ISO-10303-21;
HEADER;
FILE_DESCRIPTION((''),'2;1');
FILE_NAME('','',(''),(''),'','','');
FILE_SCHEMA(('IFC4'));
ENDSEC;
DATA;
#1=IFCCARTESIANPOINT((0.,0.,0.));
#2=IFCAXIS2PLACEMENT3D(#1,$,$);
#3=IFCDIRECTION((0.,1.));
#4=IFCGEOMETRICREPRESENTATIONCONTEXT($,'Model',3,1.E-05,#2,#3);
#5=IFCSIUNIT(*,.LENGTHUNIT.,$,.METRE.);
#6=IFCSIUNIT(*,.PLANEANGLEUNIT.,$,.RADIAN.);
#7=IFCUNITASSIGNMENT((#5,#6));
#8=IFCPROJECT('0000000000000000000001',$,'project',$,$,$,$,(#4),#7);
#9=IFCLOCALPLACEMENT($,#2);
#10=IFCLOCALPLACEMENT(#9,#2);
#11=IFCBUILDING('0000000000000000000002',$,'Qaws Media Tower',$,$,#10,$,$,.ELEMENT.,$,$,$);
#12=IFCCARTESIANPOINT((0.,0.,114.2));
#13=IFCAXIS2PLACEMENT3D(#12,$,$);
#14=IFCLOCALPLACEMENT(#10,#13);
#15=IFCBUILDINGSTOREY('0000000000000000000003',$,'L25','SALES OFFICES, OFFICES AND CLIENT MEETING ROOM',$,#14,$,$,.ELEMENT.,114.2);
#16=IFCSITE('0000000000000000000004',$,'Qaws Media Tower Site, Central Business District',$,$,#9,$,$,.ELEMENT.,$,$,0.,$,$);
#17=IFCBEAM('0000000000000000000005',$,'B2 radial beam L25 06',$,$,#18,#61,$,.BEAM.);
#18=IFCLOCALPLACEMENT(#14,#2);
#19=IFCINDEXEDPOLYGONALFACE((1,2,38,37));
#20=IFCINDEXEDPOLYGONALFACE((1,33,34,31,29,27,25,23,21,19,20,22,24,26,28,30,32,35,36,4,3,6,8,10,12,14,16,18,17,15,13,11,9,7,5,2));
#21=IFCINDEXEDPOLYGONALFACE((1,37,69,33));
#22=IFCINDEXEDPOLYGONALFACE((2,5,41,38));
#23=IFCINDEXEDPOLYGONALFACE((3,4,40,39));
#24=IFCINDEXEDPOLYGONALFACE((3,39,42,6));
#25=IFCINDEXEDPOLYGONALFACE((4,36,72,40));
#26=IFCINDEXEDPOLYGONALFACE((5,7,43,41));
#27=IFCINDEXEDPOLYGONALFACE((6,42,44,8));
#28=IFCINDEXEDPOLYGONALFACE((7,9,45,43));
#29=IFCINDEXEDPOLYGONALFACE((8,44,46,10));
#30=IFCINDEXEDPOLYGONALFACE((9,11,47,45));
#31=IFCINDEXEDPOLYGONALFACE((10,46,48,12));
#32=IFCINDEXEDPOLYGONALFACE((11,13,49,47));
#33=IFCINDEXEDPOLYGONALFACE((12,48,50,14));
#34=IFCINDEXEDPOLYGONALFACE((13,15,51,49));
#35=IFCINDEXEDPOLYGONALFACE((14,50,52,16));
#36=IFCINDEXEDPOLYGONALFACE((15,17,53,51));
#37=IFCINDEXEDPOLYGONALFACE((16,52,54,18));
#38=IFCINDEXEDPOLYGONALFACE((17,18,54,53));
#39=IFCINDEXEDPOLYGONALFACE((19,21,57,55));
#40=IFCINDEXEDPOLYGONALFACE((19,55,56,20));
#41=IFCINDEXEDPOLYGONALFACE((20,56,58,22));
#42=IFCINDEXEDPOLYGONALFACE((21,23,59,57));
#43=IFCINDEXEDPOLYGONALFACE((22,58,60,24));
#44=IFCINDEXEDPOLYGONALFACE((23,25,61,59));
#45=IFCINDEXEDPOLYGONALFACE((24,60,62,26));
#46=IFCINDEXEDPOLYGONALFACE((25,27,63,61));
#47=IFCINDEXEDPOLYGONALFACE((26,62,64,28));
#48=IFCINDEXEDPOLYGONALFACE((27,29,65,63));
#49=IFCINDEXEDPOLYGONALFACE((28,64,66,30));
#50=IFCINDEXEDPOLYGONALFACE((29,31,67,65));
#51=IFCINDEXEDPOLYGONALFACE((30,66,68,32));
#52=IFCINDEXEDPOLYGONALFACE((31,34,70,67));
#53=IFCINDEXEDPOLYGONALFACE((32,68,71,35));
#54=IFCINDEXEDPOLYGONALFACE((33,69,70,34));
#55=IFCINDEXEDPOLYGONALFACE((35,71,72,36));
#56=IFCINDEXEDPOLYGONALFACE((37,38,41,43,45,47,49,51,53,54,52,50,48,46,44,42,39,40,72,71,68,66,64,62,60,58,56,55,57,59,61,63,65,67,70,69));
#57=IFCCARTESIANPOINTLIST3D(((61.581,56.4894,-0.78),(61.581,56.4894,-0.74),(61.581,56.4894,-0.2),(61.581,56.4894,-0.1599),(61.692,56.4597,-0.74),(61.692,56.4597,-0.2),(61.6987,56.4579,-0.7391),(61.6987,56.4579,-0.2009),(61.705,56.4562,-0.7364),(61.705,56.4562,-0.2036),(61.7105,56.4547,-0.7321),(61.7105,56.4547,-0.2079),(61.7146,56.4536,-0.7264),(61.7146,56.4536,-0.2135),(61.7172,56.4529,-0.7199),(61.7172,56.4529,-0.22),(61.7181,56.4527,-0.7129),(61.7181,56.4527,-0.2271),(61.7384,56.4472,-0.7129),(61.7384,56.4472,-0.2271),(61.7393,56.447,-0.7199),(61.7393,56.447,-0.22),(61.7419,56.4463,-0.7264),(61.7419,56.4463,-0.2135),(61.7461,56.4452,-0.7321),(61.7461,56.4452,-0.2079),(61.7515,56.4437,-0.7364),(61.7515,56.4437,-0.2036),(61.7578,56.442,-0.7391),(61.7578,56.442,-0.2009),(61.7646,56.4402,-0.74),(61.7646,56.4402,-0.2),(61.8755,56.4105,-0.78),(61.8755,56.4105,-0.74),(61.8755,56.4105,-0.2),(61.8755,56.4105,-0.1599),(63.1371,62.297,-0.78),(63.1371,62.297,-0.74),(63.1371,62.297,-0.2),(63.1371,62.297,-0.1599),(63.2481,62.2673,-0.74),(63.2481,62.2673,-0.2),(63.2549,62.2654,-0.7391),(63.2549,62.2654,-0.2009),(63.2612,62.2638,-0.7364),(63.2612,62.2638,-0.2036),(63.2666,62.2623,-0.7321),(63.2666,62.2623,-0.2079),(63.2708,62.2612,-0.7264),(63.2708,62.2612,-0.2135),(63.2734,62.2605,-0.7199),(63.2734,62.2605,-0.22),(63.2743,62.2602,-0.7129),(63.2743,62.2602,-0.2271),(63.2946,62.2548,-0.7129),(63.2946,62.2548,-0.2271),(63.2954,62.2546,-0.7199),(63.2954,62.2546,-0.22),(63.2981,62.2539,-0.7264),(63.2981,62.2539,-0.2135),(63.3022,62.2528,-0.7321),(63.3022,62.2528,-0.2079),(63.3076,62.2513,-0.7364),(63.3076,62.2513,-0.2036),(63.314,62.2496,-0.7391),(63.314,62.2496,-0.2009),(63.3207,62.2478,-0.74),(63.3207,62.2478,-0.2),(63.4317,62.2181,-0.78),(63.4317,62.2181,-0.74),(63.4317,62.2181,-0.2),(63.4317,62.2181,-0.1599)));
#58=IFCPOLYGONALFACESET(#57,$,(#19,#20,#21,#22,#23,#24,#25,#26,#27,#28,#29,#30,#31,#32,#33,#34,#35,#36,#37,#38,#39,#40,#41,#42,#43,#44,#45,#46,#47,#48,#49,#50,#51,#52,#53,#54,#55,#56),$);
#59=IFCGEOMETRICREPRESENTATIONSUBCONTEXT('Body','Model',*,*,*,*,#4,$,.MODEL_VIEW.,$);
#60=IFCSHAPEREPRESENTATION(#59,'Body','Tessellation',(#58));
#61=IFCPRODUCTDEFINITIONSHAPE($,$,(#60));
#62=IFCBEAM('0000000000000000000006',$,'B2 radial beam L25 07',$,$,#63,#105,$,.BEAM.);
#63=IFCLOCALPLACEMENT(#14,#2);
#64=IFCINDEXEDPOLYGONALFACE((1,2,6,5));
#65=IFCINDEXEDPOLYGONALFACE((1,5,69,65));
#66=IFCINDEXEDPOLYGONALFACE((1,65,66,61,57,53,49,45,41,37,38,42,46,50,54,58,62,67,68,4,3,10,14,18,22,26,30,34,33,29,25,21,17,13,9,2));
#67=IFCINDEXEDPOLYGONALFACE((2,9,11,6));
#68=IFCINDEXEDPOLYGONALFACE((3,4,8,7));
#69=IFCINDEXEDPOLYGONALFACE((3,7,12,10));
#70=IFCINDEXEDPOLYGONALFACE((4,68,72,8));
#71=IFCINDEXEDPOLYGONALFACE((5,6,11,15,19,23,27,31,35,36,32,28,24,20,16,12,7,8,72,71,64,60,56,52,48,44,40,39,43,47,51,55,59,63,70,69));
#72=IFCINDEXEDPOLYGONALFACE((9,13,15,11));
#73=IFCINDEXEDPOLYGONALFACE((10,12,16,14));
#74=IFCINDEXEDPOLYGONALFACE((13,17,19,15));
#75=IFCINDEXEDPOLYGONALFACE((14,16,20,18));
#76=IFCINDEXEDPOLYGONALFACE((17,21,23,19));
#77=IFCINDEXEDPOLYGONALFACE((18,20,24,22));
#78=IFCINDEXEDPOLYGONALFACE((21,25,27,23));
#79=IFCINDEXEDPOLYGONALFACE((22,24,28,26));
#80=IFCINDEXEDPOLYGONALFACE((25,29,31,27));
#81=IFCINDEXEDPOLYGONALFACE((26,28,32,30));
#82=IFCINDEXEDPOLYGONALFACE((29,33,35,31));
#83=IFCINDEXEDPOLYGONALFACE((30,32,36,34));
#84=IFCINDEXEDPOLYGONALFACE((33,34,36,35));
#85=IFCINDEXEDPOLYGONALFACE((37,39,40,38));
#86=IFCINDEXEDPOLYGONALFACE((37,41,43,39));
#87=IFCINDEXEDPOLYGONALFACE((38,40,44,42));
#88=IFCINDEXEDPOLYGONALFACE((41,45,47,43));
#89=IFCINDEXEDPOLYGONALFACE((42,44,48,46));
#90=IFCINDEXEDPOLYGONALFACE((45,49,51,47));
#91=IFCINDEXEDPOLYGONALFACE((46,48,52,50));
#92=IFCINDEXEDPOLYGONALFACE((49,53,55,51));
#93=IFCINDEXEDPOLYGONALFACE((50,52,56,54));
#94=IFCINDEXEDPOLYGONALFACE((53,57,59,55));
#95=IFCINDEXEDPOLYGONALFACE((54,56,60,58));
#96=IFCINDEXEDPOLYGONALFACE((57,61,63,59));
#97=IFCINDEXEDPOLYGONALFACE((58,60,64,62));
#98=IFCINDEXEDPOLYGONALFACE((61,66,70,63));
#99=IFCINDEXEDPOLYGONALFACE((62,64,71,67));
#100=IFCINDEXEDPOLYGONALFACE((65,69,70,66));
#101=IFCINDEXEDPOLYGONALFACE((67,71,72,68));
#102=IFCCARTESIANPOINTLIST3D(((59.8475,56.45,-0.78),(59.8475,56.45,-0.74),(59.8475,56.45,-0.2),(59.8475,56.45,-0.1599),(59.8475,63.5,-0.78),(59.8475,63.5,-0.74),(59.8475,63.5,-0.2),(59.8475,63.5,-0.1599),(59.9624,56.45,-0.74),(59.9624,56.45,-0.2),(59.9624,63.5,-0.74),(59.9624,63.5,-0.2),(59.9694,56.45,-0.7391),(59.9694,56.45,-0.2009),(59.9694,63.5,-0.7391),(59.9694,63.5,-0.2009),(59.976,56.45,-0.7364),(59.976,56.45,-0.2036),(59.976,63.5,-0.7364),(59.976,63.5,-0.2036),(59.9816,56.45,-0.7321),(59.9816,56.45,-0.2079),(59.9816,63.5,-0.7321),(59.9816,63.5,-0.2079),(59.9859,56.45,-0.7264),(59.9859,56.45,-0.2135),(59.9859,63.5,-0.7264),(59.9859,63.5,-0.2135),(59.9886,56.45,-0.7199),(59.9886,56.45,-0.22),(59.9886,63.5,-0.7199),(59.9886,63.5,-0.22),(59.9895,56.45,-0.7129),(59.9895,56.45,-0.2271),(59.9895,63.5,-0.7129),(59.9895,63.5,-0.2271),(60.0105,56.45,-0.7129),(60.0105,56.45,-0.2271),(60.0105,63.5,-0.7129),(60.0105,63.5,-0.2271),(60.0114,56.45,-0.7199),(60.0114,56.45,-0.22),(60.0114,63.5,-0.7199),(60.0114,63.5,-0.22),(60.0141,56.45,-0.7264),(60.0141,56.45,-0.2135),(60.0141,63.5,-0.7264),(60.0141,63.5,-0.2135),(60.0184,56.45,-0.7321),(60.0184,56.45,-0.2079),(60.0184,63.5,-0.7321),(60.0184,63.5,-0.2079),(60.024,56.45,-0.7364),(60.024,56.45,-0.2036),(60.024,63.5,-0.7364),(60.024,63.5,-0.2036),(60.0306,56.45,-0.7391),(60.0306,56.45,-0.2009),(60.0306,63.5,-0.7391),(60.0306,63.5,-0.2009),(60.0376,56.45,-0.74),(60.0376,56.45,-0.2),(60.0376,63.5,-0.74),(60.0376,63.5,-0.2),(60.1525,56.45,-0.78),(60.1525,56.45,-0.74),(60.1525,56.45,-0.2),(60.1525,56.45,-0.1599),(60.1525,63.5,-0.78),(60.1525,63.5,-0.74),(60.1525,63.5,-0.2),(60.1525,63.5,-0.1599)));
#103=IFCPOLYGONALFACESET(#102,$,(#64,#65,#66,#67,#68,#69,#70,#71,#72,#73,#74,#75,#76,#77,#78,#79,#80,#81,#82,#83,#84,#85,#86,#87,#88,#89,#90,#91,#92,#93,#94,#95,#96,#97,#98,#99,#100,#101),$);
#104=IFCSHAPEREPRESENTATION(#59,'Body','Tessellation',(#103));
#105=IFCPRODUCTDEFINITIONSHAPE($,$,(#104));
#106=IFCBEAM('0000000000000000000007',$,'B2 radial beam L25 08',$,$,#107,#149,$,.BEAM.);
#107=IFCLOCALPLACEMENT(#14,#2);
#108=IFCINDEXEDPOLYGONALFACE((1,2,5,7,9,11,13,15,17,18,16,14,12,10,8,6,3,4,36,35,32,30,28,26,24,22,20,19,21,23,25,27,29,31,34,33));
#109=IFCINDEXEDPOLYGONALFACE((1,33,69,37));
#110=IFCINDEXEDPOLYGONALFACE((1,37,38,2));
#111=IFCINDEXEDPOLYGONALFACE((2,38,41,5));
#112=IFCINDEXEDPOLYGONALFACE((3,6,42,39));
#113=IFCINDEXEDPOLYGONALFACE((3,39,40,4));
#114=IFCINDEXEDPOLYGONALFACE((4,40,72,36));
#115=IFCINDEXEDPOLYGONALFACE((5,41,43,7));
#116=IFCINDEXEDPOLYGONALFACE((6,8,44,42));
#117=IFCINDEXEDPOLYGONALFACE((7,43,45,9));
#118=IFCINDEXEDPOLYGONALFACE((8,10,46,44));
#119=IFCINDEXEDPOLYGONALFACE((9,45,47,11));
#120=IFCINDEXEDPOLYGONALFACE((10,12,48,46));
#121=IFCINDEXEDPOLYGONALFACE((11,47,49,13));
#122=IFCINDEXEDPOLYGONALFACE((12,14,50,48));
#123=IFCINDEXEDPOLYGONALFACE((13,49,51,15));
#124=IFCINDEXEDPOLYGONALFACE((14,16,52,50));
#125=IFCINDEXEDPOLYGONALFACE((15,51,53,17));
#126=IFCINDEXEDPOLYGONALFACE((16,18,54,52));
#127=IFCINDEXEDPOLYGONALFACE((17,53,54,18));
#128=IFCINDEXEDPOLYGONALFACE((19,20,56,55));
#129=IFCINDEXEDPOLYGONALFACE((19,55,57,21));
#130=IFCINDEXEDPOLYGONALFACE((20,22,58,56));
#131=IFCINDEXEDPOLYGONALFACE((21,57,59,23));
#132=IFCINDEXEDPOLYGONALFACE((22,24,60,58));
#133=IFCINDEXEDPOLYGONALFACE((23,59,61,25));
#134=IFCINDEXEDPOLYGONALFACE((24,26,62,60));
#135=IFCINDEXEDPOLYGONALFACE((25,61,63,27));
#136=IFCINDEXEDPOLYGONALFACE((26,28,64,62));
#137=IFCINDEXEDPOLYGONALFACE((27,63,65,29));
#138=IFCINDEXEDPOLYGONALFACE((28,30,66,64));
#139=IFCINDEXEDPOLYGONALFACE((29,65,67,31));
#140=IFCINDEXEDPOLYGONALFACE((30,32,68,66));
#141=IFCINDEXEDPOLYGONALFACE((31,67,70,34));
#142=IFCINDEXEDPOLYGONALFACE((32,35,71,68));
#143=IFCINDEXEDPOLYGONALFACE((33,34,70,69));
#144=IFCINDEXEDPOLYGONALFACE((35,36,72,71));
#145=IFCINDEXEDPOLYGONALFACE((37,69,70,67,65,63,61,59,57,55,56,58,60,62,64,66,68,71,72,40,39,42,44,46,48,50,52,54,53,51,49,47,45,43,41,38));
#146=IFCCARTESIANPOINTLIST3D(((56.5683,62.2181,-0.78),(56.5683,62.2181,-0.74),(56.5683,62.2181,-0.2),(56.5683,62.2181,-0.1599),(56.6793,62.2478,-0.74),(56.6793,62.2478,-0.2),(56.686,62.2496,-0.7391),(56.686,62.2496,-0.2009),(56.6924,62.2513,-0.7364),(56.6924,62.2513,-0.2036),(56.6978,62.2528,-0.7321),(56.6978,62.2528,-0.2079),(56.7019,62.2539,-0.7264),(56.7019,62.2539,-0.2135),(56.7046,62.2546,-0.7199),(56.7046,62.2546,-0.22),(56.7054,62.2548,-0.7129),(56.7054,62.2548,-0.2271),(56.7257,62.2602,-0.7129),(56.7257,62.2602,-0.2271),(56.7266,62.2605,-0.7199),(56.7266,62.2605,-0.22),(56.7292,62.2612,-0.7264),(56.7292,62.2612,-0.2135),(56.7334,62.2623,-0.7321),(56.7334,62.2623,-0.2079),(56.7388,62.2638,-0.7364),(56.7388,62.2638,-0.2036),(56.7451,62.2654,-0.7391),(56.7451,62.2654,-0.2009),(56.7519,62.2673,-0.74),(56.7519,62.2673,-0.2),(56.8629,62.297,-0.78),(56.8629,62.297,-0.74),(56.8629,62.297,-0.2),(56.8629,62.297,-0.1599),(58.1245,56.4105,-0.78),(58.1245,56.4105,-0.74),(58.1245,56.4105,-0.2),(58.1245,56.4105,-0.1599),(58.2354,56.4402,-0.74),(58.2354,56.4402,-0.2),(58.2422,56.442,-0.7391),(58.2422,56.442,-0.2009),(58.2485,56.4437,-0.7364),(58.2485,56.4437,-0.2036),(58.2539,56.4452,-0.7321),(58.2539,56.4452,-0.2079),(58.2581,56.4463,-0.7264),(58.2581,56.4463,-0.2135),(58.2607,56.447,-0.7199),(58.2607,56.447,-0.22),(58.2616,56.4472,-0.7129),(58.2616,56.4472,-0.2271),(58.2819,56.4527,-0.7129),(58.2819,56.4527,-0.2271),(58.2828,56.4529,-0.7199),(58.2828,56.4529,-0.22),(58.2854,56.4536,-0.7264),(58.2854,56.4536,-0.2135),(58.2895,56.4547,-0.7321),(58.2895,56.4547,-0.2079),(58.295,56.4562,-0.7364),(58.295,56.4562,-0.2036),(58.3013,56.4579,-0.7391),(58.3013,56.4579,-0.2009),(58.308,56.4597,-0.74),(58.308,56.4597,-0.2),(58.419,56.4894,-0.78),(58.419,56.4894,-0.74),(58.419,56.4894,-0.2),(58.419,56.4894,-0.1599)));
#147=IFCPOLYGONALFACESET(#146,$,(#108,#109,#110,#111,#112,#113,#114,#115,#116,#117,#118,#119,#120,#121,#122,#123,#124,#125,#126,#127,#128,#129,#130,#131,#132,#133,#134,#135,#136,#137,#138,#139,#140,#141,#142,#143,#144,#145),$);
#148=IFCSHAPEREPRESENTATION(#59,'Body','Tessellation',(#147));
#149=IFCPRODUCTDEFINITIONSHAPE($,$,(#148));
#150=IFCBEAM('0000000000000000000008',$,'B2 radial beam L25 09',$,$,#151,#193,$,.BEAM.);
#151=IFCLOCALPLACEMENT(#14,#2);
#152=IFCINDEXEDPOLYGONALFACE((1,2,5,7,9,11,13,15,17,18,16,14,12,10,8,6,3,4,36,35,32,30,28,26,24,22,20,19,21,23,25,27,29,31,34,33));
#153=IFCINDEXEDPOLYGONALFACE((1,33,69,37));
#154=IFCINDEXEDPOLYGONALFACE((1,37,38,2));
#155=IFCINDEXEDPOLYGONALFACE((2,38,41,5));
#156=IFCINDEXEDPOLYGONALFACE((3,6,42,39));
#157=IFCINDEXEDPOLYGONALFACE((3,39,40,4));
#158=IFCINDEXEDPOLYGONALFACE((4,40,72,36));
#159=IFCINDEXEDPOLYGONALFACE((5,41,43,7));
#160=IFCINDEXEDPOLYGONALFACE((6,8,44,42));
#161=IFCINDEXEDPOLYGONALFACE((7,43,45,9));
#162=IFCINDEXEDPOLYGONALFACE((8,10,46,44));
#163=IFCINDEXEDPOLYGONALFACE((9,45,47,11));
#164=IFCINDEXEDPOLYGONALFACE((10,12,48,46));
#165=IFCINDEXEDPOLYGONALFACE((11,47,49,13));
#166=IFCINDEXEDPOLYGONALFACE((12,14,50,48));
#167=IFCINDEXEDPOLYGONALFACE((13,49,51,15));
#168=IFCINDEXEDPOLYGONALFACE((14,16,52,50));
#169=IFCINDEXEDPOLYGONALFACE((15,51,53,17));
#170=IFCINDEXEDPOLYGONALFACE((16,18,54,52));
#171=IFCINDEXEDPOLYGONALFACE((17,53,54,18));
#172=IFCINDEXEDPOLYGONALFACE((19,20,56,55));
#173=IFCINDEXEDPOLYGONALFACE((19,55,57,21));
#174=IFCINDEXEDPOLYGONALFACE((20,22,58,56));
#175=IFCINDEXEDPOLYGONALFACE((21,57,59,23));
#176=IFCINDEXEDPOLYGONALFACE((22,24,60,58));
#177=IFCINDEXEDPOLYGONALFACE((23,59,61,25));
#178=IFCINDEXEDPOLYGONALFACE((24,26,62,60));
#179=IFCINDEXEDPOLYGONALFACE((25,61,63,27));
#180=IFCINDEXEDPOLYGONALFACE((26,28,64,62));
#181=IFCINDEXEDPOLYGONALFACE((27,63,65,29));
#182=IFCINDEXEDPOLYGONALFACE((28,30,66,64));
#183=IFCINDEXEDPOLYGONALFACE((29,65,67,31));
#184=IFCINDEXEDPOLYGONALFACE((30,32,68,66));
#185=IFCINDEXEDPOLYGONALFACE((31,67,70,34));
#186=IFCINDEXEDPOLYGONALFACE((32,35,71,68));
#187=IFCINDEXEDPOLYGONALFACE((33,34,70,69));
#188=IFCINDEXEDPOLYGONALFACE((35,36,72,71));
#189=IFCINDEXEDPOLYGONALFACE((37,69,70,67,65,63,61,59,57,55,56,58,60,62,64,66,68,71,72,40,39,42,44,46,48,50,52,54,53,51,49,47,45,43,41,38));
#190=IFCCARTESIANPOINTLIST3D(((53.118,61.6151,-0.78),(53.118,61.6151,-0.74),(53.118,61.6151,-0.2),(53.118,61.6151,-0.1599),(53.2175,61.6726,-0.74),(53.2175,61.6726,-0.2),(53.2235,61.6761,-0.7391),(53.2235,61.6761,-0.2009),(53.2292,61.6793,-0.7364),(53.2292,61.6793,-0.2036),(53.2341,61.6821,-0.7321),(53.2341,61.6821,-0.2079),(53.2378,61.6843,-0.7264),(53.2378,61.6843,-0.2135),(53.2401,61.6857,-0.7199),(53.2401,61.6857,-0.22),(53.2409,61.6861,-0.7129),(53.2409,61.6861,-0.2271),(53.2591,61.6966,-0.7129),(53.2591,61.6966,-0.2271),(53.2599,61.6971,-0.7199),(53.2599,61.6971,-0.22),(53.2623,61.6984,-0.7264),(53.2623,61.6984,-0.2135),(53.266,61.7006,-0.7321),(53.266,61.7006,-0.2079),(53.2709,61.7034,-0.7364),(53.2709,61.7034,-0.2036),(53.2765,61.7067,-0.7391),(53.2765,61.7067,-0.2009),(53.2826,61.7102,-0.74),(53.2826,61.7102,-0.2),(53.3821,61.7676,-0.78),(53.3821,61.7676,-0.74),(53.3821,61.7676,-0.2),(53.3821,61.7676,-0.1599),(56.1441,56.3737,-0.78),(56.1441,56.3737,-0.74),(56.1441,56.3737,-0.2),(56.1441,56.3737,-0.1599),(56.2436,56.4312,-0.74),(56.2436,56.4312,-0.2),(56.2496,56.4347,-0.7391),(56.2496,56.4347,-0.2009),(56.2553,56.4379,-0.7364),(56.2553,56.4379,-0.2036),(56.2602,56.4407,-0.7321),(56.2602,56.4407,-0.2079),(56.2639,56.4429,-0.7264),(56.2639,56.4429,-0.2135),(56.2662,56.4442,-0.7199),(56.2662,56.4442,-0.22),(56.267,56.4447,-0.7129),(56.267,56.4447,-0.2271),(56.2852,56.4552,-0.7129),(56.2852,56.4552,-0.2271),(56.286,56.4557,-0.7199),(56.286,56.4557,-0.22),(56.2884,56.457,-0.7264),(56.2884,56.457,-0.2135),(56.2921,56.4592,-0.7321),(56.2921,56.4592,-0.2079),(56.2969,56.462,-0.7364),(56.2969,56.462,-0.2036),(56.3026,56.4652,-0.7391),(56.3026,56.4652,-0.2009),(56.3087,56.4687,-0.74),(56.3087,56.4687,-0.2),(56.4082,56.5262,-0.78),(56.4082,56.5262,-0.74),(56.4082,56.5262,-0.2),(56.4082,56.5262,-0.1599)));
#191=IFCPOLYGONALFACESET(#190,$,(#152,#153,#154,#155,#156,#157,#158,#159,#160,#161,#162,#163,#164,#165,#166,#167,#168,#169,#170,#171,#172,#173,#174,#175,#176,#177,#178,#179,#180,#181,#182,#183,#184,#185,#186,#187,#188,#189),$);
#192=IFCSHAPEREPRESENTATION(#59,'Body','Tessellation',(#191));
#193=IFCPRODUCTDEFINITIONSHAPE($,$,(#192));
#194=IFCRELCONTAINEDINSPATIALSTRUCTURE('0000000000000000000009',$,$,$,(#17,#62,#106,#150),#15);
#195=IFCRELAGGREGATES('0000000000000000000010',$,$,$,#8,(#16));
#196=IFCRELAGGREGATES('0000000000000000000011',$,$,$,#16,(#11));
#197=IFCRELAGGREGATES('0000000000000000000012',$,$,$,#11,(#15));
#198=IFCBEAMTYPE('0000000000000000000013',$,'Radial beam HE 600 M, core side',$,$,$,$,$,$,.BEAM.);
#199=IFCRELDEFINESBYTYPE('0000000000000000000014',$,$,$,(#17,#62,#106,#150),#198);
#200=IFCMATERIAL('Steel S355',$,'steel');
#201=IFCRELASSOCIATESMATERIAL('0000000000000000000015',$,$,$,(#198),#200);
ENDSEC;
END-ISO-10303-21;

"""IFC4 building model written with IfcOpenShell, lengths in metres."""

from ifc_helpers import new_model, si_unit, direction, frame, origin, origin_2d, place, context, subcontext, project, spatial, i_section, extrude, material, material_profile, profile_set, type_object, element, save


model = new_model("IFC4")

# Units and contexts
model_context = context("Model", 3, precision=1e-05, world=origin(), true_north=direction((0.0, 1.0)))
body_context = subcontext(model_context, "Body", "Model", "MODEL_VIEW")
ifc_project = project(units=[si_unit("LENGTHUNIT", "METRE"), si_unit("PLANEANGLEUNIT", "RADIAN")], contexts=[model_context])

# Site, building, storey
site_placement = place(None, origin())
site = spatial("IfcSite", under=ifc_project, at=site_placement, Name="Qaws Media Tower Site, Central Business District", CompositionType="ELEMENT", RefElevation=0.0)
building_placement = place(site_placement, origin())
building = spatial("IfcBuilding", under=site, at=building_placement, Name="Qaws Media Tower", CompositionType="ELEMENT")
storey_placement = place(building_placement, frame((0.0, 0.0, 114.2)))
storey = spatial("IfcBuildingStorey", under=building, at=storey_placement, Name="L25", Description="SALES OFFICES, OFFICES AND CLIENT MEETING ROOM", CompositionType="ELEMENT", Elevation=114.2)

# Beams
ifc_material_1 = material(Name="Steel S355", Category="steel")
ifc_material_profile = material_profile(ifc_material_1, i_section(OverallWidth=0.3049, OverallDepth=0.6201, WebThickness=0.021, FlangeThickness=0.04, FilletRadius=0.0271, at=origin_2d()), Name="HE 600 M")
ifc_profile_set = profile_set([ifc_material_profile], Name="Steel S355")
beam_type = type_object("IfcBeamType", Name="Radial beam HE 600 M, core side", PredefinedType="BEAM", material=ifc_profile_set)
beam_1_placement = place(storey_placement, frame((61.7283, 56.45, -0.47), z_axis=(0.25882, 0.965926, 0.0), x_axis=(-0.965926, 0.25882, 0.0)))
element("IfcBeam", 1, at=beam_1_placement, inside=storey, type_object=beam_type, Name="B2 radial beam L25 06", PredefinedType="BEAM", context=body_context, shape_type="SweptSolid", body=[
    extrude(i_section(OverallWidth=0.3049, OverallDepth=0.6201, WebThickness=0.021, FlangeThickness=0.04, FilletRadius=0.0271, at=origin_2d()), origin(), (0.0, 0.0, 1.0), 6.0125),
])
beam_2_placement = place(storey_placement, frame((60.0, 56.45, -0.47), z_axis=(0.0, 1.0, 0.0), x_axis=(-1.0, 0.0, 0.0)))
element("IfcBeam", 2, at=beam_2_placement, inside=storey, type_object=beam_type, Name="B2 radial beam L25 07", PredefinedType="BEAM", context=body_context, shape_type="SweptSolid", body=[
    extrude(i_section(OverallWidth=0.3049, OverallDepth=0.6201, WebThickness=0.021, FlangeThickness=0.04, FilletRadius=0.0271, at=origin_2d()), origin(), (0.0, 0.0, 1.0), 7.05),
])
beam_3_placement = place(storey_placement, frame((58.2717, 56.45, -0.47), z_axis=(-0.25882, 0.965926, 0.0), x_axis=(-0.965926, -0.25882, 0.0)))
element("IfcBeam", 3, at=beam_3_placement, inside=storey, type_object=beam_type, Name="B2 radial beam L25 08", PredefinedType="BEAM", context=body_context, shape_type="SweptSolid", body=[
    extrude(i_section(OverallWidth=0.3049, OverallDepth=0.6201, WebThickness=0.021, FlangeThickness=0.04, FilletRadius=0.0271, at=origin_2d()), origin(), (0.0, 0.0, 1.0), 6.0125),
])
beam_4_placement = place(storey_placement, frame((56.2761, 56.45, -0.47), z_axis=(-0.499996, 0.866028, 0.0), x_axis=(-0.866028, -0.499996, 0.0)))
element("IfcBeam", 4, at=beam_4_placement, inside=storey, type_object=beam_type, Name="B2 radial beam L25 09", PredefinedType="BEAM", context=body_context, shape_type="SweptSolid", body=[
    extrude(i_section(OverallWidth=0.3049, OverallDepth=0.6201, WebThickness=0.021, FlangeThickness=0.04, FilletRadius=0.0271, at=origin_2d()), origin(), (0.0, 0.0, 1.0), 6.0522),
])

save(model, "model.ifc")
